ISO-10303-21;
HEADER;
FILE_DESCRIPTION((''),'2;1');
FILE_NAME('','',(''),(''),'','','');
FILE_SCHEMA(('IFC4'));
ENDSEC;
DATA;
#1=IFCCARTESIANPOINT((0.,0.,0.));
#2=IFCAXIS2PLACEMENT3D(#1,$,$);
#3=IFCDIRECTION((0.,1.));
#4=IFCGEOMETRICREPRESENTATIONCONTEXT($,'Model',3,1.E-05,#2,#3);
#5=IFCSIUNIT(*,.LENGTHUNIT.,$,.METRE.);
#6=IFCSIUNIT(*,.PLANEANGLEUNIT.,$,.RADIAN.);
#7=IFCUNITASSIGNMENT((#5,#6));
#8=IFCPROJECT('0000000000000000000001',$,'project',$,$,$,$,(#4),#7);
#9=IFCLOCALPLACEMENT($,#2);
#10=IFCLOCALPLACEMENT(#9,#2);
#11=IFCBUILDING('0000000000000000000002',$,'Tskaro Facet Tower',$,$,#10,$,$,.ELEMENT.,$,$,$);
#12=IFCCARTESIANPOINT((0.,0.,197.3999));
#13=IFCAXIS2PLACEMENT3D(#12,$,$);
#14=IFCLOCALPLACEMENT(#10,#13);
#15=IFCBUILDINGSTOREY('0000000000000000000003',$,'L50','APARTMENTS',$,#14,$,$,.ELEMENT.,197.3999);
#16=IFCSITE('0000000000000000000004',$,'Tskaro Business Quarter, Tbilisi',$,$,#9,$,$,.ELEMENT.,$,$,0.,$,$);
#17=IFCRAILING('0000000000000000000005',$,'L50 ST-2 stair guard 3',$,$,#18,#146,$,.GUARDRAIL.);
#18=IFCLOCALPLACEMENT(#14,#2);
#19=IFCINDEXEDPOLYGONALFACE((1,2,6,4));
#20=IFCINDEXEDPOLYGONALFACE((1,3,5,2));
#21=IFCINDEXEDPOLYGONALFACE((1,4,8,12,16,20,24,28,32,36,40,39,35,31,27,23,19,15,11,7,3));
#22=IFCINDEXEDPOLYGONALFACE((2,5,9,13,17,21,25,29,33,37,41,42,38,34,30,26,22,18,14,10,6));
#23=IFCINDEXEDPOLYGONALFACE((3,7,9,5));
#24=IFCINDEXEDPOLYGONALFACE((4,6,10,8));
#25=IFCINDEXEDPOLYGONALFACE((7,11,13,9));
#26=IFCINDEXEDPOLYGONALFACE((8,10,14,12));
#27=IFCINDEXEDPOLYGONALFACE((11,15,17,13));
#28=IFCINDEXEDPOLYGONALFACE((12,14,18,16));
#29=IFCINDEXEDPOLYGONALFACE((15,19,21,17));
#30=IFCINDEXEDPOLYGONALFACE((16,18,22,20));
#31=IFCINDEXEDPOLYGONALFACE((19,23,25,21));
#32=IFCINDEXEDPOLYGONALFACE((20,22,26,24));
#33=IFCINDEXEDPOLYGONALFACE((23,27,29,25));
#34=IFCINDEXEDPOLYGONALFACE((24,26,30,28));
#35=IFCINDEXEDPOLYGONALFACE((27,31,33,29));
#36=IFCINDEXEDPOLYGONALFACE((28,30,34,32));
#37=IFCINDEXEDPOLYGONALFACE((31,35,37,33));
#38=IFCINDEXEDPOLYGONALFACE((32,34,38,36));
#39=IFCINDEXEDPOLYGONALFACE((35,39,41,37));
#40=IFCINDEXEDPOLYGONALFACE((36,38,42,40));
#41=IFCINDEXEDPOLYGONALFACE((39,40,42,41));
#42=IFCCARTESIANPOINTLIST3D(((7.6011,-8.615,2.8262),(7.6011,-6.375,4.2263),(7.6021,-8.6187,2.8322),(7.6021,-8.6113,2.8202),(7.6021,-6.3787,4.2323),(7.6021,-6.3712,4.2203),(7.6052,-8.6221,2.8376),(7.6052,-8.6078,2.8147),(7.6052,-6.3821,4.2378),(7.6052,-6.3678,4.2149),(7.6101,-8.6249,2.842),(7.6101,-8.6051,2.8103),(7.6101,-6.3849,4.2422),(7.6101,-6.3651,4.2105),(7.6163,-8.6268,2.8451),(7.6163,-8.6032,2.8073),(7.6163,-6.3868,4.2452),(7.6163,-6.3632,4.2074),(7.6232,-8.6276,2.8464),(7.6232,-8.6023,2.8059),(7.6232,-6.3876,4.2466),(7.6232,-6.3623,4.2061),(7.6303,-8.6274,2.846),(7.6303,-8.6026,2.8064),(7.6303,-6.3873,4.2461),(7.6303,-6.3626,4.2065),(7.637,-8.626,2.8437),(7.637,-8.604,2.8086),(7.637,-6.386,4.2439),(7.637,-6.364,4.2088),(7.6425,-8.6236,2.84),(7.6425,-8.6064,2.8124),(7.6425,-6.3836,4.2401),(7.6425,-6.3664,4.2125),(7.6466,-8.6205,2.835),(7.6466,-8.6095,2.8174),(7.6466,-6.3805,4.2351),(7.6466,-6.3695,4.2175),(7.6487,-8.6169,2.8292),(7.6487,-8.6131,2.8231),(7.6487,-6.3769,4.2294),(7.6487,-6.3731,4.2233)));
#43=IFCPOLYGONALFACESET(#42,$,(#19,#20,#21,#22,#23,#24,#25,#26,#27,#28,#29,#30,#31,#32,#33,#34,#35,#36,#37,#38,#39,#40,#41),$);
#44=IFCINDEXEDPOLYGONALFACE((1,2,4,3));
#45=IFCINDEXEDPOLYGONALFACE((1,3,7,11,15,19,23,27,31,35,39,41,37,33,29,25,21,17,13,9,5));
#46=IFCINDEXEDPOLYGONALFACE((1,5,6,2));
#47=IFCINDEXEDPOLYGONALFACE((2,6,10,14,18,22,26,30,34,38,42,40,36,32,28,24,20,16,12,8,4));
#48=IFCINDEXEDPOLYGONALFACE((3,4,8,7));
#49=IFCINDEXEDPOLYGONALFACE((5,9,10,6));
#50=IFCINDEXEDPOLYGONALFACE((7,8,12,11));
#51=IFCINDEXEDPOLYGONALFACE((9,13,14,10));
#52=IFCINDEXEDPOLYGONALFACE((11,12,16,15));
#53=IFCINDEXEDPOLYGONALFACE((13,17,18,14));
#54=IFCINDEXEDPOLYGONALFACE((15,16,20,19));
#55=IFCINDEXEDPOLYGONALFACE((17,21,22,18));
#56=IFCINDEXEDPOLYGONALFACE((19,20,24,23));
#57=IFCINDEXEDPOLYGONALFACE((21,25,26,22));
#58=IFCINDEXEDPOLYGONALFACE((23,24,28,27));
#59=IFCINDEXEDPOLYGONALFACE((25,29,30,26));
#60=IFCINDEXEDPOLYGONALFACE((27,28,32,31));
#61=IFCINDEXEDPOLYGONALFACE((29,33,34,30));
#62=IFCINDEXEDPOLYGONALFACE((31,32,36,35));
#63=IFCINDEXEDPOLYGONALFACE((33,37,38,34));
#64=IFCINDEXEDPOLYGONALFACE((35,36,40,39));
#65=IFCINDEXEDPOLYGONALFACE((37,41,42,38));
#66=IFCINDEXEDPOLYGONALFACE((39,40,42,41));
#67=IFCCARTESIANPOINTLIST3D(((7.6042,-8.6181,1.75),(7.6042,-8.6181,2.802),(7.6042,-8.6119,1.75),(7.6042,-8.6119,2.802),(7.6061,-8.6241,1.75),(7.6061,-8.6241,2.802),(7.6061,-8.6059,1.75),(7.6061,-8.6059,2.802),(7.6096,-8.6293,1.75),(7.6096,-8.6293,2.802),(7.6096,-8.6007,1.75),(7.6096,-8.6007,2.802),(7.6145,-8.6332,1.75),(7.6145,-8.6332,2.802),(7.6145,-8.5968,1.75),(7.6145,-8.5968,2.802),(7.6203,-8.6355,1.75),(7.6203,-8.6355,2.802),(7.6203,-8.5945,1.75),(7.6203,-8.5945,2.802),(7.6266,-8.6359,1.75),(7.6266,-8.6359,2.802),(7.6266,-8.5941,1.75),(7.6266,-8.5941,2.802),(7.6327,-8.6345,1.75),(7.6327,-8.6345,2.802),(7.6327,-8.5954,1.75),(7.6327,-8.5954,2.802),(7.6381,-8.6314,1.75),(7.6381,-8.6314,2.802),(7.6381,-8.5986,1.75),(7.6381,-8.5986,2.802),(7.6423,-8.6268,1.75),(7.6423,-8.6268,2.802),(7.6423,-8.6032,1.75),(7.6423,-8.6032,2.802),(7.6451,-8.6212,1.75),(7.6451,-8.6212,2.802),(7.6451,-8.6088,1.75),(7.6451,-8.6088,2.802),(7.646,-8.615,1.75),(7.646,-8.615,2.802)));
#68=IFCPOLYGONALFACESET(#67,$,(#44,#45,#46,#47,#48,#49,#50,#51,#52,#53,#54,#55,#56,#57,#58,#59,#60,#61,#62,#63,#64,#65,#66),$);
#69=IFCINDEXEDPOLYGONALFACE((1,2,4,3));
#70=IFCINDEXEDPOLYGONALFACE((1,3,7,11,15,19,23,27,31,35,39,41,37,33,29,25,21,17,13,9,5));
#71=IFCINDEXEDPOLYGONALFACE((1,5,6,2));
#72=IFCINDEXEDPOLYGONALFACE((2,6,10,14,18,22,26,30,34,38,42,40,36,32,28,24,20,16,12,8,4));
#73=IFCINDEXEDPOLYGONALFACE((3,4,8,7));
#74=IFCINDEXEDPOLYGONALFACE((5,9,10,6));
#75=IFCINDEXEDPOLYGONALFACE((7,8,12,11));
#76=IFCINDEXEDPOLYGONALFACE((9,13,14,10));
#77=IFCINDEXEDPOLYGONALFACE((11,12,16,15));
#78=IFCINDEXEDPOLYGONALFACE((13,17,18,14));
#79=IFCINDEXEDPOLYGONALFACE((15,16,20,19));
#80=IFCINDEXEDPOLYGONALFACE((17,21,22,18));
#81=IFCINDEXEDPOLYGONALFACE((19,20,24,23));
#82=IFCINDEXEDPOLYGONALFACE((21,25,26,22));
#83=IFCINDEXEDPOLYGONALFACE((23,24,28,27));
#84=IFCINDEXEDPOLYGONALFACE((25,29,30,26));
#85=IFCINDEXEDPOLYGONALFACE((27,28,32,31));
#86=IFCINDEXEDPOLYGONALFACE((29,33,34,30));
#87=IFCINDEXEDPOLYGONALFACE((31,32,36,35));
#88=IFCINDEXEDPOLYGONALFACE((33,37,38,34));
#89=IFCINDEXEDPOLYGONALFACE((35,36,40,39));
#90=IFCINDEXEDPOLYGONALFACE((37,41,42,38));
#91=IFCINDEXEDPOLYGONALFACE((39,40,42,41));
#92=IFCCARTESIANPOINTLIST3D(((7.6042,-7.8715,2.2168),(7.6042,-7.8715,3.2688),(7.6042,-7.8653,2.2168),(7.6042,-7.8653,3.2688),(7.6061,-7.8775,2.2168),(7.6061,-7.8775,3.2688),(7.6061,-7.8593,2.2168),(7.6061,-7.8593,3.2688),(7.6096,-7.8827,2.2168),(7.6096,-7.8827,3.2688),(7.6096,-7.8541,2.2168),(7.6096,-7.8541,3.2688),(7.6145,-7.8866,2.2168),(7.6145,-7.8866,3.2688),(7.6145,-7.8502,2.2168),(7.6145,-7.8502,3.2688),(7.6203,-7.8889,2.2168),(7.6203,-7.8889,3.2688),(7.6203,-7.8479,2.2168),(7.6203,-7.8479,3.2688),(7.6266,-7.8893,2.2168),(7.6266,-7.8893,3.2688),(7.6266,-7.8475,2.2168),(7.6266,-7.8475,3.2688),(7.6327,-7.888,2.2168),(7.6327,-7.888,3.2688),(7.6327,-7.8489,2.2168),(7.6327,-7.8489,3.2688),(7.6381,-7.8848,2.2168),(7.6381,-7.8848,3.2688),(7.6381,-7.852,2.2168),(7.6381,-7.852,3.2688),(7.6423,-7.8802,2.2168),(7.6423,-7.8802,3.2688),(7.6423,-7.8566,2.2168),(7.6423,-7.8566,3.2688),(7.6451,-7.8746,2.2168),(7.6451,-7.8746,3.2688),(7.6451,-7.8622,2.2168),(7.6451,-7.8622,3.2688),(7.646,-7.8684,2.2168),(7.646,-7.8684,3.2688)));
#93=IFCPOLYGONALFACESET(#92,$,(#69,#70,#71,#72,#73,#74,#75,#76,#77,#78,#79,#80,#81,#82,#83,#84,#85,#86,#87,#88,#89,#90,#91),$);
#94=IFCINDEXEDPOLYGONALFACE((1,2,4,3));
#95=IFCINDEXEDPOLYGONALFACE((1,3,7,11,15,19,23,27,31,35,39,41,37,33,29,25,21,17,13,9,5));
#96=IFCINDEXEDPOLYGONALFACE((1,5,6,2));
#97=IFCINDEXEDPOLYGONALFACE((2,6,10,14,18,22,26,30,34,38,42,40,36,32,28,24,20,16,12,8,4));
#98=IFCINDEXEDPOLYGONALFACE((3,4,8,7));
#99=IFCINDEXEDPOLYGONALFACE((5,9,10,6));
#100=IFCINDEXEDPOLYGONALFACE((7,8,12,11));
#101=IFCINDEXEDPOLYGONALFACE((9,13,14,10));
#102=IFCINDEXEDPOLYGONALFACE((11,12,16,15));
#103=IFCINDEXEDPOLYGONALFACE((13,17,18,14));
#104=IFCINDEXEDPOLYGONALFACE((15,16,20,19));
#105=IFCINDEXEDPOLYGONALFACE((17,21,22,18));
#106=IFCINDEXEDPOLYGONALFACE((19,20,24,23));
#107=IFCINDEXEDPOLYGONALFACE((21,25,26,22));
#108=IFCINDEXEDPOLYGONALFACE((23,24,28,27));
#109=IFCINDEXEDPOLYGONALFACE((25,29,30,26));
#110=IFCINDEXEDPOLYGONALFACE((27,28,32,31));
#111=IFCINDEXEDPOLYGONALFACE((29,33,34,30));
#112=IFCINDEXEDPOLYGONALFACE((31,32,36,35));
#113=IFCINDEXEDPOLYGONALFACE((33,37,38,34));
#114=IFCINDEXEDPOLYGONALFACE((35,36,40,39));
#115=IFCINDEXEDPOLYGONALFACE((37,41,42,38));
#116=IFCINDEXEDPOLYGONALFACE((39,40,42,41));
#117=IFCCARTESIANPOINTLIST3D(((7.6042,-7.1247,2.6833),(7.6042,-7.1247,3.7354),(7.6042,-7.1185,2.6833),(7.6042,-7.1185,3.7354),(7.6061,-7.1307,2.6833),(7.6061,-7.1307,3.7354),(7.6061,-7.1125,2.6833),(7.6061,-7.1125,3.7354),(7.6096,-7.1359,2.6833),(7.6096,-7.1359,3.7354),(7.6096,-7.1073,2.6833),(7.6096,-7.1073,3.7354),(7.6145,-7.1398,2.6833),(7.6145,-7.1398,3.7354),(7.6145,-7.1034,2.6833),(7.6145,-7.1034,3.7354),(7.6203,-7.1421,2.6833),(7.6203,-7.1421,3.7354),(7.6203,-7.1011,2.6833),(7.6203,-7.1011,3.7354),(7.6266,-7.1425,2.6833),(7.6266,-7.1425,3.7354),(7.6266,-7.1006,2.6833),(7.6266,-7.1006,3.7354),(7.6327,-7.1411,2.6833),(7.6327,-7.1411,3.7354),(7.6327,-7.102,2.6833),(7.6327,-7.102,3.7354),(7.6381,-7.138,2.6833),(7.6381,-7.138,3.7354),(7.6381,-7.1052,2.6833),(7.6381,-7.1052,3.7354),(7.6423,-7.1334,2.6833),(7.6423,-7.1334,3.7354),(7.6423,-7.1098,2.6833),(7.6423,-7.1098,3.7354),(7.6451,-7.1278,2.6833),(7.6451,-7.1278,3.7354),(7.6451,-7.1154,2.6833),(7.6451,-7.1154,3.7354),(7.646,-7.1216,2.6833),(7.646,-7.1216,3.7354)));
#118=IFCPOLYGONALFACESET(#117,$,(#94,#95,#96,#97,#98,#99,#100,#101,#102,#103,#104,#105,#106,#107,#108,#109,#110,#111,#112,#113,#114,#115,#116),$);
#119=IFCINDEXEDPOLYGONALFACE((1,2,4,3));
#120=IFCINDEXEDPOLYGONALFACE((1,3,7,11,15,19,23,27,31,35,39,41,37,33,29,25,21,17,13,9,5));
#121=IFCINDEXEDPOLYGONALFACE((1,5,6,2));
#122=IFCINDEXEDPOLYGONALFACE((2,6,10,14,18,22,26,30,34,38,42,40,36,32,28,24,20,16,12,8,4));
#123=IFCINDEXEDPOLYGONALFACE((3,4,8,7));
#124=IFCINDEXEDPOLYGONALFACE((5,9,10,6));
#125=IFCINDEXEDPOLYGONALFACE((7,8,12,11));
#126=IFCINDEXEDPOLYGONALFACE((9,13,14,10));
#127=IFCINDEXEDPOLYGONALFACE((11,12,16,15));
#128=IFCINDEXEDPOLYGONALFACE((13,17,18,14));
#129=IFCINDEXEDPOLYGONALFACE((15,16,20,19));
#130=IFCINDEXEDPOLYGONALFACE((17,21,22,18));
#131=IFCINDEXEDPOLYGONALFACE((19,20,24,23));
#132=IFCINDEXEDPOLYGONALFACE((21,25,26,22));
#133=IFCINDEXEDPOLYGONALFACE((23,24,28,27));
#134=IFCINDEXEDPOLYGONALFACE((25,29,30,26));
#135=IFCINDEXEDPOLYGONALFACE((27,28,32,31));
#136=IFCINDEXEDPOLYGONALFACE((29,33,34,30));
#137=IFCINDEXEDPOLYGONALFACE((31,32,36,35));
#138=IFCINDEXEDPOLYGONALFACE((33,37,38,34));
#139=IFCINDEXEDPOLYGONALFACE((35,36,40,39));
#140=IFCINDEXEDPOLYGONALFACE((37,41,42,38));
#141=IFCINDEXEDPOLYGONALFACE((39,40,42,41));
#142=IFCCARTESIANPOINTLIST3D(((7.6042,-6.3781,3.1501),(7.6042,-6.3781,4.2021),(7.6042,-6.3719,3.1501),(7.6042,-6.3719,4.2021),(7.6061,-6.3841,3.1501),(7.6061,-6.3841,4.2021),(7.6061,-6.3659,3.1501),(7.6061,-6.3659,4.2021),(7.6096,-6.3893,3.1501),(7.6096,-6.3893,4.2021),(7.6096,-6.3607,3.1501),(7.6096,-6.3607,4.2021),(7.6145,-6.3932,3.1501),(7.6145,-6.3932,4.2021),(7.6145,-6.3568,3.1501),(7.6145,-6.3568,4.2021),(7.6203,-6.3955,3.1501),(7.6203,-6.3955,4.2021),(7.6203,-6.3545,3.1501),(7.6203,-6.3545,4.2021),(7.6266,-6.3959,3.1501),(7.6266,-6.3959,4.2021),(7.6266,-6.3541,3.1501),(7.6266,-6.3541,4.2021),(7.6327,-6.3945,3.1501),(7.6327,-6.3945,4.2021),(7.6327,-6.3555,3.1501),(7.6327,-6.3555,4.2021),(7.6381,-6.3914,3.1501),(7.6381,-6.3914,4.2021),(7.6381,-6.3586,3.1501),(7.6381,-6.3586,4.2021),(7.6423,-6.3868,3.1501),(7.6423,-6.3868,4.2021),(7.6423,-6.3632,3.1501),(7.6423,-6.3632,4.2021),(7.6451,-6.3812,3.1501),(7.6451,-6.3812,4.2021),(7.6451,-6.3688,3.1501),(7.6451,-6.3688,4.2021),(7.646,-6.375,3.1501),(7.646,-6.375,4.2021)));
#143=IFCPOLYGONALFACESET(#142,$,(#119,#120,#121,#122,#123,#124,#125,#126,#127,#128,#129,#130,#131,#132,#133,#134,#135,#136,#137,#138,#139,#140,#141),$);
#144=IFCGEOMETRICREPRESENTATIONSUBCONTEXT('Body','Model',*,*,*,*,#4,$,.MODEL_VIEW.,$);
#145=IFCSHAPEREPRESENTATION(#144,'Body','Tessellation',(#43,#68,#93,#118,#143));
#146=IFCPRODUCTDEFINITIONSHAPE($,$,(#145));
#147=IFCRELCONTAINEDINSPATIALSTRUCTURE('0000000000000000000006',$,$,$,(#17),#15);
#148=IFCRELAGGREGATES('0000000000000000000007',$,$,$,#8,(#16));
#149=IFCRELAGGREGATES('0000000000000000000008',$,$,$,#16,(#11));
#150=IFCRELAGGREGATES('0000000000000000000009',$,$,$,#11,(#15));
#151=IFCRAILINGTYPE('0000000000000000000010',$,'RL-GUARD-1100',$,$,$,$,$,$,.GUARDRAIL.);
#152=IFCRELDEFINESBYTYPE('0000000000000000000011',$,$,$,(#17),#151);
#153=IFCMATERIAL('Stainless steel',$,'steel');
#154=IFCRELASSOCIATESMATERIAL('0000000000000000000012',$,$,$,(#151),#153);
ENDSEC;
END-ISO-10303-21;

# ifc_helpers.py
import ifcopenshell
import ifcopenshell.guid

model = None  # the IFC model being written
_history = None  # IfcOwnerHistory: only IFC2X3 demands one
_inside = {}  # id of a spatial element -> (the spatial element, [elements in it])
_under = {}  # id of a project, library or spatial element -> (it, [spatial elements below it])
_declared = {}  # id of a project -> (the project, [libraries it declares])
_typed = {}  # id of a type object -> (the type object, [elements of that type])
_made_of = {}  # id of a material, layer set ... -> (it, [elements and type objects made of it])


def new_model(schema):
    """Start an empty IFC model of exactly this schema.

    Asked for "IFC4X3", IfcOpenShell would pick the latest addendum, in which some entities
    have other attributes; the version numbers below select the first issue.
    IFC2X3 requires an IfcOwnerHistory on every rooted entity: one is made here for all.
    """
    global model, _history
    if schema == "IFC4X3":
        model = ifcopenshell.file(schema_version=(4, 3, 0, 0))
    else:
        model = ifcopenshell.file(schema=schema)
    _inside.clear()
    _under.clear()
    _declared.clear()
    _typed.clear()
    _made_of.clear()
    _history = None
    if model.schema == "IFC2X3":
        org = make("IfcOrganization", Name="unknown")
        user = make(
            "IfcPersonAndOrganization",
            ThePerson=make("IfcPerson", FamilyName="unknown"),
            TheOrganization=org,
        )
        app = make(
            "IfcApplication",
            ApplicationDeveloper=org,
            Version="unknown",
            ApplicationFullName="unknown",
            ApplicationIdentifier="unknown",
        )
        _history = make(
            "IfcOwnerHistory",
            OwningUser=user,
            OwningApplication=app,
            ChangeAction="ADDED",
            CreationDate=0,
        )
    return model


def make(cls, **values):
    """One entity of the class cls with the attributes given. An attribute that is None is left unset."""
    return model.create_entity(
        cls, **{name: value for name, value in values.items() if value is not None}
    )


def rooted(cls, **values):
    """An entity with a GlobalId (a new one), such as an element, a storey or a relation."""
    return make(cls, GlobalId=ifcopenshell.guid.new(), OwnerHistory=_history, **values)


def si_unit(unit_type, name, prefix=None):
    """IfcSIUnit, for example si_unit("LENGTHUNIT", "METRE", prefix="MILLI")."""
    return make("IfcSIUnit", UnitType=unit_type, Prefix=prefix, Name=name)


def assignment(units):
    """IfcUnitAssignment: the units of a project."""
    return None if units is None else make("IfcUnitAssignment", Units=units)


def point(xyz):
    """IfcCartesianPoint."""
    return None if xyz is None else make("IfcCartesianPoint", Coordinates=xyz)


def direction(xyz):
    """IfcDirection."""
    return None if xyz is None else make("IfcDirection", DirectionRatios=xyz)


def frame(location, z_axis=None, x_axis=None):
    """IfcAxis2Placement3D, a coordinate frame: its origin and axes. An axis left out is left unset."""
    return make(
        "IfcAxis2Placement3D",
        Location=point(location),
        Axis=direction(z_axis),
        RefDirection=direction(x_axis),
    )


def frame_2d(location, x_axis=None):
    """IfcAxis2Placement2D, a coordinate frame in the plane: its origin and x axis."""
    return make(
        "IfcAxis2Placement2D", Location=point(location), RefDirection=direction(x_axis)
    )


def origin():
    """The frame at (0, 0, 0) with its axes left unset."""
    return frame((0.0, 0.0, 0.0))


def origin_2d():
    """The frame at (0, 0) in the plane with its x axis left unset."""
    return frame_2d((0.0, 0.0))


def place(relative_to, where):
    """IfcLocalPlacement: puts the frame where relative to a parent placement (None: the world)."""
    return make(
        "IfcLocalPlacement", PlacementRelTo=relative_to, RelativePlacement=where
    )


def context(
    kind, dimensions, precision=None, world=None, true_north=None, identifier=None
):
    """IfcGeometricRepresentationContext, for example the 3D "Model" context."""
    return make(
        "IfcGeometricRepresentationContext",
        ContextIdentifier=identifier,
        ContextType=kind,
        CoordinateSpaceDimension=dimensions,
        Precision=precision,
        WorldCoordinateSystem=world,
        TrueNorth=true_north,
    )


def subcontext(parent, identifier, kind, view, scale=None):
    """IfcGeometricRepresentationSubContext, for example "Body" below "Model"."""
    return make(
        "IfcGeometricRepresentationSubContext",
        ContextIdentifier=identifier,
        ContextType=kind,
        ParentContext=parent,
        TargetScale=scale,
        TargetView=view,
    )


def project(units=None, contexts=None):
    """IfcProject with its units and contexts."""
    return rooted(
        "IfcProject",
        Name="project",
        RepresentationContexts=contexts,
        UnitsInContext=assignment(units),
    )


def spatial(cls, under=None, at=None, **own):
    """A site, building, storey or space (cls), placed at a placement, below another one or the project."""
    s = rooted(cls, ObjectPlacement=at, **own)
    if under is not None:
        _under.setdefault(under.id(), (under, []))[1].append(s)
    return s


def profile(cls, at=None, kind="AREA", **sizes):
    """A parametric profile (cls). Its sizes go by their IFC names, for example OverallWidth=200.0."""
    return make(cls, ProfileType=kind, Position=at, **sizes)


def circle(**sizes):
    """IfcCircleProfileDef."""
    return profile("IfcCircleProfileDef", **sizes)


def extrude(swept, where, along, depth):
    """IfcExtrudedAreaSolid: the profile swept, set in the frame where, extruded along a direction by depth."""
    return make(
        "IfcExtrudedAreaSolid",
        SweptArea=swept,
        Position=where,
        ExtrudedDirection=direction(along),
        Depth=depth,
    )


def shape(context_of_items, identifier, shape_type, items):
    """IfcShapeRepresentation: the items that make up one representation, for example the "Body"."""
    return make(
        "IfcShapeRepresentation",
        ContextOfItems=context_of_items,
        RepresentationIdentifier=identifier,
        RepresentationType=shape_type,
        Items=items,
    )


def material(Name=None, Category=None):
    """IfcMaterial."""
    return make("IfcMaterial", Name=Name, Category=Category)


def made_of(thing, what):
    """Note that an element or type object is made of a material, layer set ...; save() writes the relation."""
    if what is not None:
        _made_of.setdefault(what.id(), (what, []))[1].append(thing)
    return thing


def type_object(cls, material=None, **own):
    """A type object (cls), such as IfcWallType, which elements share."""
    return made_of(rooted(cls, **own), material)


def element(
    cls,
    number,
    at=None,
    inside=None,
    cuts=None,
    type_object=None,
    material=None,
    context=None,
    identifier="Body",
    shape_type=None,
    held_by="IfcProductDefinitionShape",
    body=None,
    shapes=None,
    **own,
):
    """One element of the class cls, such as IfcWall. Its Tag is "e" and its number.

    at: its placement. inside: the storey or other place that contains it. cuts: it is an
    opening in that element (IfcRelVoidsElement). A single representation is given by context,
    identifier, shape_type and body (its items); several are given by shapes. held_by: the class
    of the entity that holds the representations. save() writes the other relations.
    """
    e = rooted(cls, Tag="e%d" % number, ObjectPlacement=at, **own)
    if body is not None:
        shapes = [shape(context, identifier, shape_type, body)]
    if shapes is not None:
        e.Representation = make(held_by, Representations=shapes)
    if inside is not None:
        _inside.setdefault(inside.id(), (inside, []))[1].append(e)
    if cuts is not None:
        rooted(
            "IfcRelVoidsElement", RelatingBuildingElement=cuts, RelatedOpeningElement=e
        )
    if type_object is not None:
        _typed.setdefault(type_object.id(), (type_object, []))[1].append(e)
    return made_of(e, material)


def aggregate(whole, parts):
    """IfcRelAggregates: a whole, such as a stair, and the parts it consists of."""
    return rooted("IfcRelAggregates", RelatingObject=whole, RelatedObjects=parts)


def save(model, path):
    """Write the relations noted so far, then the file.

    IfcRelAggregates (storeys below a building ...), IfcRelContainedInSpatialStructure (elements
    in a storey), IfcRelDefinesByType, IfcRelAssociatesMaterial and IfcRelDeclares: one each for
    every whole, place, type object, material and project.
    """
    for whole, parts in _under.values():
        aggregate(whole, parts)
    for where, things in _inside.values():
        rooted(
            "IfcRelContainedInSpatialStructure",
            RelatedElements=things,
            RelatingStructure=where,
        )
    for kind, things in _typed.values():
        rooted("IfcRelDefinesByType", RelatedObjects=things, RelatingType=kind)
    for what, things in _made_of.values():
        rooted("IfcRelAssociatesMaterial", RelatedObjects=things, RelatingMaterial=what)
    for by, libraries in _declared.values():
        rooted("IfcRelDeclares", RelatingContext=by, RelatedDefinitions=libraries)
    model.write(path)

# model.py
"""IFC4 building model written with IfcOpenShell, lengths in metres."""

from ifc_helpers import new_model, si_unit, direction, frame, origin, origin_2d, place, context, subcontext, project, spatial, circle, extrude, material, type_object, element, save


model = new_model("IFC4")

# Units and contexts
model_context = context("Model", 3, precision=1e-05, world=origin(), true_north=direction((0.0, 1.0)))
body_context = subcontext(model_context, "Body", "Model", "MODEL_VIEW")
ifc_project = project(units=[si_unit("LENGTHUNIT", "METRE"), si_unit("PLANEANGLEUNIT", "RADIAN")], contexts=[model_context])

# Site, building, storey
site_placement = place(None, origin())
site = spatial("IfcSite", under=ifc_project, at=site_placement, Name="Tskaro Business Quarter, Tbilisi", CompositionType="ELEMENT", RefElevation=0.0)
building_placement = place(site_placement, origin())
building = spatial("IfcBuilding", under=site, at=building_placement, Name="Tskaro Facet Tower", CompositionType="ELEMENT")
storey_placement = place(building_placement, frame((0.0, 0.0, 197.3999)))
storey = spatial("IfcBuildingStorey", under=building, at=storey_placement, Name="L50", Description="APARTMENTS", CompositionType="ELEMENT", Elevation=197.3999)

# Shared definitions
ifc_material_1 = material(Name="Stainless steel", Category="steel")

# Railing
railing_type_1 = type_object("IfcRailingType", Name="RL-GUARD-1100", PredefinedType="GUARDRAIL", material=ifc_material_1)
railing_1_placement = place(storey_placement, frame((7.625, -8.615, 1.75)))
element("IfcRailing", 1, at=railing_1_placement, inside=storey, type_object=railing_type_1, Name="L50 ST-2 stair guard 3", PredefinedType="GUARDRAIL", context=body_context, shape_type="SweptSolid", body=[
    extrude(circle(Radius=0.0239, at=origin_2d()), frame((0.0, 0.0, 1.0762), z_axis=(0.0, 0.847972, 0.53004), x_axis=(-1.0, 0.0, 0.0)), (0.0, 0.0, 1.0), 2.6416),
    extrude(circle(Radius=0.021, at=origin_2d()), origin(), (0.0, 0.0, 1.0), 1.052),
    extrude(circle(Radius=0.021, at=origin_2d()), frame((0.0, 0.7466, 0.4668)), (0.0, 0.0, 1.0), 1.052),
    extrude(circle(Radius=0.021, at=origin_2d()), frame((0.0, 1.4934, 0.9333)), (0.0, 0.0, 1.0), 1.052),
    extrude(circle(Radius=0.021, at=origin_2d()), frame((0.0, 2.24, 1.4001)), (0.0, 0.0, 1.0), 1.052),
])

save(model, "model.ifc")
